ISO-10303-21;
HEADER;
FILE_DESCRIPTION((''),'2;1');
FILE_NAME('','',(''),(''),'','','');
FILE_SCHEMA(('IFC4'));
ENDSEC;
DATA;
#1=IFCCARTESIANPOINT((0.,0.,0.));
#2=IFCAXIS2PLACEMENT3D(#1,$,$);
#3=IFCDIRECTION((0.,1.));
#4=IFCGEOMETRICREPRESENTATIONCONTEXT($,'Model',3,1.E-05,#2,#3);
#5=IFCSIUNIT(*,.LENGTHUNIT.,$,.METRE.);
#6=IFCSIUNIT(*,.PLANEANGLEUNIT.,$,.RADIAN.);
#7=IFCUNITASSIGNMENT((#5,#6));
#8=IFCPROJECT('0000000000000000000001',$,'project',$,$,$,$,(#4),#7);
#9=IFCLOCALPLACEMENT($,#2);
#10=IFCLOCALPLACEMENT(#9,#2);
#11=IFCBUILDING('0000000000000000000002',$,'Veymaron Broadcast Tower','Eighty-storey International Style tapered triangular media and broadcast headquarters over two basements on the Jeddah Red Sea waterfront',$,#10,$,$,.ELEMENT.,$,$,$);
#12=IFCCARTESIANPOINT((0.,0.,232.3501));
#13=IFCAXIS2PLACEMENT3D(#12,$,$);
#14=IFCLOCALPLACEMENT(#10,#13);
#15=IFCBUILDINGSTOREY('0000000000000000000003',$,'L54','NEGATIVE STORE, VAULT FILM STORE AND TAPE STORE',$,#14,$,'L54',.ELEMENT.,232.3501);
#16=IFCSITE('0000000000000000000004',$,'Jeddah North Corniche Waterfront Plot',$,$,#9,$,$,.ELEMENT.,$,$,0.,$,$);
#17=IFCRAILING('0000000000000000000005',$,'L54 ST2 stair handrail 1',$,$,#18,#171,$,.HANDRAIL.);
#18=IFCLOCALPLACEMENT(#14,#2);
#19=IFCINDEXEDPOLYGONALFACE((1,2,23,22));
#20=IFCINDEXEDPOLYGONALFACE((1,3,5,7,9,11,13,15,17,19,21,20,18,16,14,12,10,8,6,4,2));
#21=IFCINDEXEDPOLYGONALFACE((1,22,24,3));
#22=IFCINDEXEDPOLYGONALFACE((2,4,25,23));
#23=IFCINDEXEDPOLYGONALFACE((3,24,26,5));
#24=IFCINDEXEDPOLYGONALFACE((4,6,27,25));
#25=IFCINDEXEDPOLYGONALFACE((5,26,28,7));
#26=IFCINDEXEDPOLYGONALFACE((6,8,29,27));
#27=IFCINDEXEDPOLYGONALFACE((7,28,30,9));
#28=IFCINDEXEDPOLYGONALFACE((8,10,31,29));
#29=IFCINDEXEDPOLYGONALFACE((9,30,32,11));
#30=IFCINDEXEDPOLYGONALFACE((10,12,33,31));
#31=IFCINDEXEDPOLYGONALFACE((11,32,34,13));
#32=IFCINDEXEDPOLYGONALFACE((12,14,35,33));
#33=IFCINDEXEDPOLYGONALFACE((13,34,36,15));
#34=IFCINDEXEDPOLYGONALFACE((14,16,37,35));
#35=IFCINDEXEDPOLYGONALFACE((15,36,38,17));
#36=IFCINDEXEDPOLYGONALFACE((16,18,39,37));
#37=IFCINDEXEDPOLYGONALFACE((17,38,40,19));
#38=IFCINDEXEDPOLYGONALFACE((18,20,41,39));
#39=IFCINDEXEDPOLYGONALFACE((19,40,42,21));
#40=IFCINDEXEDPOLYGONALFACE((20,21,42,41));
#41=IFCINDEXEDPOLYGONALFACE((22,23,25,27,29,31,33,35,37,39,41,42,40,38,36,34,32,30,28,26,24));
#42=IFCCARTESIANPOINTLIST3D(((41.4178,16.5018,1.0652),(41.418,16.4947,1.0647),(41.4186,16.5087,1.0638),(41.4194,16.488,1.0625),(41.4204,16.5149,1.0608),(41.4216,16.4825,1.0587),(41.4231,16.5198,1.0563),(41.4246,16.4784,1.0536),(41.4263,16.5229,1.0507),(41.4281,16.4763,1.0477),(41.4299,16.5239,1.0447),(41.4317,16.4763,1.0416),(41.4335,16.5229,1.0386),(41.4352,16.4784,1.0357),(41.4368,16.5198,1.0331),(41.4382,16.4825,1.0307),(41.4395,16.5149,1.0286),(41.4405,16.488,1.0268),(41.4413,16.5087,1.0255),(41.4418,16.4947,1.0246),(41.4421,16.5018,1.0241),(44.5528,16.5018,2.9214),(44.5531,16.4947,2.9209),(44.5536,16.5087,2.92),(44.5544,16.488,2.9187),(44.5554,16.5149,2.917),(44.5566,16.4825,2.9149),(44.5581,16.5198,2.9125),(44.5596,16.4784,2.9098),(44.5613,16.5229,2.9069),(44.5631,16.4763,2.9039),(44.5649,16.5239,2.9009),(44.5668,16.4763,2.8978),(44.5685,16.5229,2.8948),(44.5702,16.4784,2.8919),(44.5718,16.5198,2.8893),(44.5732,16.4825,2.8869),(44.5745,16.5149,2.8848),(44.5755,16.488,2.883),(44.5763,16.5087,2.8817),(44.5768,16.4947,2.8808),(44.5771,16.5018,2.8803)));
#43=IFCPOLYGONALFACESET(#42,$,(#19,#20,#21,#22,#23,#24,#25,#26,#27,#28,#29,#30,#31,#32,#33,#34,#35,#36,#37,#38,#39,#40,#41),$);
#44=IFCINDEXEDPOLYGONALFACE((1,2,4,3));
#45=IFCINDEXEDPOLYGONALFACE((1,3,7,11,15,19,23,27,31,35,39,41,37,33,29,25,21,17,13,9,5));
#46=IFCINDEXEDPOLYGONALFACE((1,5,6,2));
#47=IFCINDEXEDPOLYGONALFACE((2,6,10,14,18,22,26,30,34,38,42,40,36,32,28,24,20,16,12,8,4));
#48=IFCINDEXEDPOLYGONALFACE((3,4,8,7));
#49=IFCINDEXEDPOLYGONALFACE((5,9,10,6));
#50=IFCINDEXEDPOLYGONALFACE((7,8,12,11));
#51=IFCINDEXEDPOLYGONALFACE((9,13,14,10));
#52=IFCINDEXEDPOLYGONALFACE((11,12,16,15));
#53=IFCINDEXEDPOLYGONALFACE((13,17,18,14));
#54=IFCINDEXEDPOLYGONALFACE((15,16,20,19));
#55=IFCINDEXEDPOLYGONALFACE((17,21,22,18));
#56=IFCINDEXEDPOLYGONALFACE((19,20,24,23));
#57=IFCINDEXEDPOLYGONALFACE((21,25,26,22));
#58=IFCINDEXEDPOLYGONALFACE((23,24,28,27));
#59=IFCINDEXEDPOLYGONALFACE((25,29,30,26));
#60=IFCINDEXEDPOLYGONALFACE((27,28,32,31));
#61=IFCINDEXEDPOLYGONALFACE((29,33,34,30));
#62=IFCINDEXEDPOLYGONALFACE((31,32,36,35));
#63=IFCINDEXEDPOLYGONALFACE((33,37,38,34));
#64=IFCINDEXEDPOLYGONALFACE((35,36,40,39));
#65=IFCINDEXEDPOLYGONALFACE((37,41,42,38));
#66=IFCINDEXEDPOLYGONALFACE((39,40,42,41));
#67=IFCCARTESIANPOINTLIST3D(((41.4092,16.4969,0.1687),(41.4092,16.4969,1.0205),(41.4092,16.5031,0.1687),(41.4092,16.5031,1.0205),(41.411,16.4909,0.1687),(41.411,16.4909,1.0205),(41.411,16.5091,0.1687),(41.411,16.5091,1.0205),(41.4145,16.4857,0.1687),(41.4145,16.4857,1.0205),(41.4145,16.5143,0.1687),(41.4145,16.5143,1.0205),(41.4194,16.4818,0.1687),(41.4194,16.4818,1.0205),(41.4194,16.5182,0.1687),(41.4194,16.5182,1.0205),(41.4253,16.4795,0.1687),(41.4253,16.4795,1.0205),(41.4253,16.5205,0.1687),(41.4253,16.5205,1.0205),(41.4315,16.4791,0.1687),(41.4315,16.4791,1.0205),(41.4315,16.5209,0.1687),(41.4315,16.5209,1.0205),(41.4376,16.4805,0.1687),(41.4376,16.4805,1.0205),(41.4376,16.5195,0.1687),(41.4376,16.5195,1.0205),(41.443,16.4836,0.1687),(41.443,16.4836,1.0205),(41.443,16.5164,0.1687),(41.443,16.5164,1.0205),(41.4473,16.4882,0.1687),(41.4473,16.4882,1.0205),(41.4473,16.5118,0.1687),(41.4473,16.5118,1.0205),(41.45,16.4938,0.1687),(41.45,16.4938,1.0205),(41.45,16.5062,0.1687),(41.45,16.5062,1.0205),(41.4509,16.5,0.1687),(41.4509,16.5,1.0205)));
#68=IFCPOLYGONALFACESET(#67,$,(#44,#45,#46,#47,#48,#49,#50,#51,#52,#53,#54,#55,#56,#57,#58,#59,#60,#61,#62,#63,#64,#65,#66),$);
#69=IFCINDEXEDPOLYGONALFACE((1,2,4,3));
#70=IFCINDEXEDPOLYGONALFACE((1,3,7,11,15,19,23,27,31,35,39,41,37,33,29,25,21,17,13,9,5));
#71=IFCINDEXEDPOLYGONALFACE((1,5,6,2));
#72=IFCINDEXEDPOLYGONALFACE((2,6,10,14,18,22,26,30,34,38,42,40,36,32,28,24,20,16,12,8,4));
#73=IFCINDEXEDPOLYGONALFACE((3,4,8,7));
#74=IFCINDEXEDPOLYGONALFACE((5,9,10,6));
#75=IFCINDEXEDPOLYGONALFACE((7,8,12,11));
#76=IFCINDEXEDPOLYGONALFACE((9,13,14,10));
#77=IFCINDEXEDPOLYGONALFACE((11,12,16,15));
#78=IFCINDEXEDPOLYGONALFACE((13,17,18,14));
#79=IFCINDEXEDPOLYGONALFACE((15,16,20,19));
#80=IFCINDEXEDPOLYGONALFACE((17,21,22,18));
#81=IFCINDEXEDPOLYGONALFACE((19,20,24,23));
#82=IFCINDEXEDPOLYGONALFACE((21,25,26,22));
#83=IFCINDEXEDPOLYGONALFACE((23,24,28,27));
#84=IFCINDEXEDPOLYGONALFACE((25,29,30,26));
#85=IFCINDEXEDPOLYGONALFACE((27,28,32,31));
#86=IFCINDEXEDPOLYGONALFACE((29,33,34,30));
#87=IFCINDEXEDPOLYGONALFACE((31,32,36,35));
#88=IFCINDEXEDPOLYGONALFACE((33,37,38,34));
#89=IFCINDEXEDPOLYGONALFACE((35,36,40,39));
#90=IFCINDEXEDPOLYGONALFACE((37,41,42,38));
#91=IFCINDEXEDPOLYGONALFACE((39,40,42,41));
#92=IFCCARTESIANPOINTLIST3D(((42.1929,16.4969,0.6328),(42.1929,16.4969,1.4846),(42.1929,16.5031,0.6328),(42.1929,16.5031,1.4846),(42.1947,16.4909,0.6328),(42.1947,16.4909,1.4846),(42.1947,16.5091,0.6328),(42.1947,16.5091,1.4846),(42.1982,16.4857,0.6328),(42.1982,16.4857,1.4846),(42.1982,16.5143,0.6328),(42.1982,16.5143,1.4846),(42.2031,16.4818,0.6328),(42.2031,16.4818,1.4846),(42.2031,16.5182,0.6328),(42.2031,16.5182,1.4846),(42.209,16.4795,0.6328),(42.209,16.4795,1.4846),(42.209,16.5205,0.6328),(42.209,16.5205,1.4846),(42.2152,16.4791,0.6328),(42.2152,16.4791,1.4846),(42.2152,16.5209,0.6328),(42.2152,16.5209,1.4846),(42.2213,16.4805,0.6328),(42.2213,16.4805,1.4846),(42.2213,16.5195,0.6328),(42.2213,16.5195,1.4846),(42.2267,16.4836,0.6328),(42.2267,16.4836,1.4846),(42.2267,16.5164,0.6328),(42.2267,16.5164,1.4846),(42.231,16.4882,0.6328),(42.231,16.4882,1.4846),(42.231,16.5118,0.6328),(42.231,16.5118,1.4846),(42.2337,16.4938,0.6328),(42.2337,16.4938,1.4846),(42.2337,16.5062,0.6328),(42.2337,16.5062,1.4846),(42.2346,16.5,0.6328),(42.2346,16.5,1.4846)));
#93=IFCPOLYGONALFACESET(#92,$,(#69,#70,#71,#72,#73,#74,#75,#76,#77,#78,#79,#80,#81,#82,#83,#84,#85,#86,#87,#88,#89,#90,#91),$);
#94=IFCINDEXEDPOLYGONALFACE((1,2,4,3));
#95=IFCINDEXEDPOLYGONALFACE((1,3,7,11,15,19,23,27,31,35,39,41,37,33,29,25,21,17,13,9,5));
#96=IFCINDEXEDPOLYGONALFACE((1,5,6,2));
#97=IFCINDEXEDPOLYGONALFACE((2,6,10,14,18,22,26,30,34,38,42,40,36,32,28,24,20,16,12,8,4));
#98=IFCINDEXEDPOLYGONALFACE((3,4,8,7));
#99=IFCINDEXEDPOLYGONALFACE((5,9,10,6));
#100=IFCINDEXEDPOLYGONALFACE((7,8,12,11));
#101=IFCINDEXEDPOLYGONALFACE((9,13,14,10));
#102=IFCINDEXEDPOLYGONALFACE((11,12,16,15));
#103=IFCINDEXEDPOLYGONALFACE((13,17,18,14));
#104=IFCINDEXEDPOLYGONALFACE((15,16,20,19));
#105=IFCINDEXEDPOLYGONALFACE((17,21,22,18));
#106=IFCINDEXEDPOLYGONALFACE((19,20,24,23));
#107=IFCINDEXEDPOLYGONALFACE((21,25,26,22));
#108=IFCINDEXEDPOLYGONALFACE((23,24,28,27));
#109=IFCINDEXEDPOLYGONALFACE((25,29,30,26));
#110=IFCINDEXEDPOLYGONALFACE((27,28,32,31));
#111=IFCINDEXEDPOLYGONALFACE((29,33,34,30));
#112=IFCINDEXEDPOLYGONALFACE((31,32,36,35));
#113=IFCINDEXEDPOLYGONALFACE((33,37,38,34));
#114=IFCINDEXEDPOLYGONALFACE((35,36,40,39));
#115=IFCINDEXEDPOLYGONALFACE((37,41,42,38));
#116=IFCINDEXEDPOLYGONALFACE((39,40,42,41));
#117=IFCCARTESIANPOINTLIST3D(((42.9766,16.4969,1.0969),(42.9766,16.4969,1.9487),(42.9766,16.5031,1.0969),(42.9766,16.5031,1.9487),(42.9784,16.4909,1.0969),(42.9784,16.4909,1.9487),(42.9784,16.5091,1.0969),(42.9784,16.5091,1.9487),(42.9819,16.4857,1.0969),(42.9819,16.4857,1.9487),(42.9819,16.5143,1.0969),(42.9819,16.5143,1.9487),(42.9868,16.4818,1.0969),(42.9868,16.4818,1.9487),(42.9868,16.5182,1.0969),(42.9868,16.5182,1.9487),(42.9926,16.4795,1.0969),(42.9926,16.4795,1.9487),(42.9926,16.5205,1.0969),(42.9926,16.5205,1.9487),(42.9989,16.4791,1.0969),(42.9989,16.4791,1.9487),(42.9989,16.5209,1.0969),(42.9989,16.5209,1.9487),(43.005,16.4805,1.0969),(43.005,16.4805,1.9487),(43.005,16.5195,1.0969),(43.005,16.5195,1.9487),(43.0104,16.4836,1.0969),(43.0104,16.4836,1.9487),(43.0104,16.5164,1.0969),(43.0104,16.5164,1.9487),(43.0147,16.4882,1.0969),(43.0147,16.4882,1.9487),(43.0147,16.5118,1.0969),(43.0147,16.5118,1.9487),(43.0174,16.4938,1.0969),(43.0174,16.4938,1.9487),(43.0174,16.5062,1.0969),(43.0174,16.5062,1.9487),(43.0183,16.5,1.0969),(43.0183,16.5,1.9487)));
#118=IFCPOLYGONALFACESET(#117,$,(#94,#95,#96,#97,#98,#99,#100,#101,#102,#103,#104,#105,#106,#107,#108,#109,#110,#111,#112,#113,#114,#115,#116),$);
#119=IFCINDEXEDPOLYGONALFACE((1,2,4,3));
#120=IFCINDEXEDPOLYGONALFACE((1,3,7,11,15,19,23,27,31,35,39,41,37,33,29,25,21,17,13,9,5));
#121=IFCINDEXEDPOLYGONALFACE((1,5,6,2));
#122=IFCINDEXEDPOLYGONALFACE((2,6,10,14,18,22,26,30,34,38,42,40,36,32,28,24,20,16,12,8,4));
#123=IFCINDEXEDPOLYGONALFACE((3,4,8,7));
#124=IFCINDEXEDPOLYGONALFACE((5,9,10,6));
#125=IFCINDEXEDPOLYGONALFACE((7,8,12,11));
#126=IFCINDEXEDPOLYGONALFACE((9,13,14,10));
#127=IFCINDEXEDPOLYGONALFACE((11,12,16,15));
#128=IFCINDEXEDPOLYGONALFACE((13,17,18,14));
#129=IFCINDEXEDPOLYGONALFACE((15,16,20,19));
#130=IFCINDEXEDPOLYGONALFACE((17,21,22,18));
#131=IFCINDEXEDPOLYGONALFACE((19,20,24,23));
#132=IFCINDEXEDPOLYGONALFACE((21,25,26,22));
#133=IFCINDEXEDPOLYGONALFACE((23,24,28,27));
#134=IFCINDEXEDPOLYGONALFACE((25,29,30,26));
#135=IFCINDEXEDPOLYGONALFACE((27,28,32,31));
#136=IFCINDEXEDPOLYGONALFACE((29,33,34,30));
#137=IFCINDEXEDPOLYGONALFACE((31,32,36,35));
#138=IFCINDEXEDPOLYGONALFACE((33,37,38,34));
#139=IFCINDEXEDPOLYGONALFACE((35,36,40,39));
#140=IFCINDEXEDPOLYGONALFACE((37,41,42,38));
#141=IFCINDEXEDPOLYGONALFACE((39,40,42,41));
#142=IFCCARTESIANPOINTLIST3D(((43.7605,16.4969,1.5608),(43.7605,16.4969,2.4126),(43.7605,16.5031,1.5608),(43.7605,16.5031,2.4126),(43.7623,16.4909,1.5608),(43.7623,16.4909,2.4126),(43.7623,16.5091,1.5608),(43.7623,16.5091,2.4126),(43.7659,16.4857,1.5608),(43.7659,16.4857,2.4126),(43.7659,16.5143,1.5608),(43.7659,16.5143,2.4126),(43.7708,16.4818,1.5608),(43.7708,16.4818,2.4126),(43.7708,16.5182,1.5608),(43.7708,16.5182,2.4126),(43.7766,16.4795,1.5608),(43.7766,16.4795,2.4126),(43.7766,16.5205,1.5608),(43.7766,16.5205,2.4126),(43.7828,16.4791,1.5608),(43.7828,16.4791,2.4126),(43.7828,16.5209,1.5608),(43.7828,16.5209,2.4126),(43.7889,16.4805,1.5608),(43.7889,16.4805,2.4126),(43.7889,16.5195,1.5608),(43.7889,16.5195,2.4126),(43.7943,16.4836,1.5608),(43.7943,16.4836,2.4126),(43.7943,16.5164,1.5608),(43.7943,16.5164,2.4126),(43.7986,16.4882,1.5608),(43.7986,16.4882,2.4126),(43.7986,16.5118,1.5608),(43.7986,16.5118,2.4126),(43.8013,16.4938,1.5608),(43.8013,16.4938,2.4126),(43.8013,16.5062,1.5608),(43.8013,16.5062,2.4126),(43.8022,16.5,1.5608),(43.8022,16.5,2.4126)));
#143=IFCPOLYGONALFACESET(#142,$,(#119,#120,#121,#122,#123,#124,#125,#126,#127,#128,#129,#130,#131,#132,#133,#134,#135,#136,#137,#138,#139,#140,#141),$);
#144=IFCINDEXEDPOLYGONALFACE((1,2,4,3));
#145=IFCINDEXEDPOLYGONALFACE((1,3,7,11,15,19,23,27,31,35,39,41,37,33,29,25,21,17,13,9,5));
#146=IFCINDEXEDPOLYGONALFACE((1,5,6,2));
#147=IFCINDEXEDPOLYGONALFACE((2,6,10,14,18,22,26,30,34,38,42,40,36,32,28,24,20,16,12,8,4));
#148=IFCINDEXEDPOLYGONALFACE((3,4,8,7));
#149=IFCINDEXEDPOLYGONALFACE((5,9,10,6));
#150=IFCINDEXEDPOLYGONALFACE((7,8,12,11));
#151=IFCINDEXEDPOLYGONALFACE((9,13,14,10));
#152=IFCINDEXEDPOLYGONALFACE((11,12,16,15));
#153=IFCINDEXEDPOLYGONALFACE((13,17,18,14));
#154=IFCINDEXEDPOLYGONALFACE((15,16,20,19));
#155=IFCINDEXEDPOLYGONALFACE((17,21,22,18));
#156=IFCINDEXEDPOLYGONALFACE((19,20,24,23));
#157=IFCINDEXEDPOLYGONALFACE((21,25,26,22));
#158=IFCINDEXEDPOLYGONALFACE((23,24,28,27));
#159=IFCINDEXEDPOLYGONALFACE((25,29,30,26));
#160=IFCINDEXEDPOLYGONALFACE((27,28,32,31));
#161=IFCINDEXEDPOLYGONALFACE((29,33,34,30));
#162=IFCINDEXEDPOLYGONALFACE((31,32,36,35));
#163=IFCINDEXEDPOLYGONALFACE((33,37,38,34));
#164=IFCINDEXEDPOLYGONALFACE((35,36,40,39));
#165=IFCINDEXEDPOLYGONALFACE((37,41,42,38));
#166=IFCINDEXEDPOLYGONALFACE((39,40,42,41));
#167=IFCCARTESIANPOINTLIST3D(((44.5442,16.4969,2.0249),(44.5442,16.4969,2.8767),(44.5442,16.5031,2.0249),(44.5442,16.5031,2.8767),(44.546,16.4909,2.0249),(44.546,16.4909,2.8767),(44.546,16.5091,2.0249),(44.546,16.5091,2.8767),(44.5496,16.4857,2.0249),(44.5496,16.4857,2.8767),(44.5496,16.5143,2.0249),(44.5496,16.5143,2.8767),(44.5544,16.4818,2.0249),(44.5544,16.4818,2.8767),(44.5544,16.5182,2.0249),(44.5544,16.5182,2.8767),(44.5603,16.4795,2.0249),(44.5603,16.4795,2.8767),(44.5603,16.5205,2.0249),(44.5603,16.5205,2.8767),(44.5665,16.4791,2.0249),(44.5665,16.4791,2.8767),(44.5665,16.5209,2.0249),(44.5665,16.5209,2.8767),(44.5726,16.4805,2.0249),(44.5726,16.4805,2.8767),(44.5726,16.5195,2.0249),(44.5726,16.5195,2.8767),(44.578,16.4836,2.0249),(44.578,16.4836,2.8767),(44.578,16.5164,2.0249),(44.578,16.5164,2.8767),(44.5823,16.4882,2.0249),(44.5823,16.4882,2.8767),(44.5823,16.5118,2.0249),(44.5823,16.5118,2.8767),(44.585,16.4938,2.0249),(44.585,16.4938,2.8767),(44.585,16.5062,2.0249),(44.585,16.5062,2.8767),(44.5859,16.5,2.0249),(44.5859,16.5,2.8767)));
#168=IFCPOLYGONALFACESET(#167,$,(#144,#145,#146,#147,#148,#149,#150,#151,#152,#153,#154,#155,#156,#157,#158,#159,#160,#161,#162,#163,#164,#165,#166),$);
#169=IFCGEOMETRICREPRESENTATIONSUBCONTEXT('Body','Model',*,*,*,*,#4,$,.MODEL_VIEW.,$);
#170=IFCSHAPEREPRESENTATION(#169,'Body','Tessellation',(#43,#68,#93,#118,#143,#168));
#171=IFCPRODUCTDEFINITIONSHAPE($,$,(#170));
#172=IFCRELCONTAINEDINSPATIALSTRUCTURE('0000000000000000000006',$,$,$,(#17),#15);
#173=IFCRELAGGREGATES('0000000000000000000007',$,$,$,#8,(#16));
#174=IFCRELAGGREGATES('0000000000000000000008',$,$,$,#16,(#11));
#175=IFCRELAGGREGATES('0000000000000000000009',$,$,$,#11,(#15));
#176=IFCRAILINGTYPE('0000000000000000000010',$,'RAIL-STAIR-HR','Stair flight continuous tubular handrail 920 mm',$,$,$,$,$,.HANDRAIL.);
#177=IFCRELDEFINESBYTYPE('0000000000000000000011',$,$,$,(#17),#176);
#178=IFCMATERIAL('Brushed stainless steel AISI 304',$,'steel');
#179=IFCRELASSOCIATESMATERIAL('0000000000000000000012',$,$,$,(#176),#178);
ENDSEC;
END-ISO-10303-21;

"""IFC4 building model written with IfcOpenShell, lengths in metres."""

from ifc_helpers import new_model, si_unit, direction, frame, origin, origin_2d, place, context, subcontext, project, spatial, circle, extrude, material, type_object, element, save


model = new_model("IFC4")

# Units and contexts
model_context = context("Model", 3, precision=1e-05, world=origin(), true_north=direction((0.0, 1.0)))
body_context = subcontext(model_context, "Body", "Model", "MODEL_VIEW")
ifc_project = project(units=[si_unit("LENGTHUNIT", "METRE"), si_unit("PLANEANGLEUNIT", "RADIAN")], contexts=[model_context])

# Site, building, storey
site_placement = place(None, origin())
site = spatial("IfcSite", under=ifc_project, at=site_placement, Name="Jeddah North Corniche Waterfront Plot", CompositionType="ELEMENT", RefElevation=0.0)
building_placement = place(site_placement, origin())
building = spatial("IfcBuilding", under=site, at=building_placement, Name="Veymaron Broadcast Tower", Description="Eighty-storey International Style tapered triangular media and broadcast headquarters over two basements on the Jeddah Red Sea waterfront", CompositionType="ELEMENT")
storey_placement = place(building_placement, frame((0.0, 0.0, 232.3501)))
storey = spatial("IfcBuildingStorey", under=building, at=storey_placement, Name="L54", Description="NEGATIVE STORE, VAULT FILM STORE AND TAPE STORE", LongName="L54", CompositionType="ELEMENT", Elevation=232.3501)

# Shared definitions
ifc_material_1 = material(Name="Brushed stainless steel AISI 304", Category="steel")

# Railing
railing_type_1 = type_object("IfcRailingType", Name="RAIL-STAIR-HR", Description="Stair flight continuous tubular handrail 920 mm", PredefinedType="HANDRAIL", material=ifc_material_1)
railing_1_placement = place(storey_placement, frame((41.4299, 16.5, 0.1687)))
element("IfcRailing", 1, at=railing_1_placement, inside=storey, type_object=railing_type_1, Name="L54 ST2 stair handrail 1", PredefinedType="HANDRAIL", context=body_context, shape_type="SweptSolid", body=[
    extrude(circle(Radius=0.0239, at=origin_2d()), frame((0.0, 0.0, 0.876), z_axis=(0.860482, 0.0, 0.509481), x_axis=(0.0, 1.0, 0.0)), (0.0, 0.0, 1.0), 3.6433),
    extrude(circle(Radius=0.021, at=origin_2d()), origin(), (0.0, 0.0, 1.0), 0.8518),
    extrude(circle(Radius=0.021, at=origin_2d()), frame((0.7837, 0.0, 0.4641)), (0.0, 0.0, 1.0), 0.8518),
    extrude(circle(Radius=0.021, at=origin_2d()), frame((1.5674, 0.0, 0.9282)), (0.0, 0.0, 1.0), 0.8518),
    extrude(circle(Radius=0.021, at=origin_2d()), frame((2.3513, 0.0, 1.3921)), (0.0, 0.0, 1.0), 0.8518),
    extrude(circle(Radius=0.021, at=origin_2d()), frame((3.135, 0.0, 1.8562)), (0.0, 0.0, 1.0), 0.8518),
])

save(model, "model.ifc")
